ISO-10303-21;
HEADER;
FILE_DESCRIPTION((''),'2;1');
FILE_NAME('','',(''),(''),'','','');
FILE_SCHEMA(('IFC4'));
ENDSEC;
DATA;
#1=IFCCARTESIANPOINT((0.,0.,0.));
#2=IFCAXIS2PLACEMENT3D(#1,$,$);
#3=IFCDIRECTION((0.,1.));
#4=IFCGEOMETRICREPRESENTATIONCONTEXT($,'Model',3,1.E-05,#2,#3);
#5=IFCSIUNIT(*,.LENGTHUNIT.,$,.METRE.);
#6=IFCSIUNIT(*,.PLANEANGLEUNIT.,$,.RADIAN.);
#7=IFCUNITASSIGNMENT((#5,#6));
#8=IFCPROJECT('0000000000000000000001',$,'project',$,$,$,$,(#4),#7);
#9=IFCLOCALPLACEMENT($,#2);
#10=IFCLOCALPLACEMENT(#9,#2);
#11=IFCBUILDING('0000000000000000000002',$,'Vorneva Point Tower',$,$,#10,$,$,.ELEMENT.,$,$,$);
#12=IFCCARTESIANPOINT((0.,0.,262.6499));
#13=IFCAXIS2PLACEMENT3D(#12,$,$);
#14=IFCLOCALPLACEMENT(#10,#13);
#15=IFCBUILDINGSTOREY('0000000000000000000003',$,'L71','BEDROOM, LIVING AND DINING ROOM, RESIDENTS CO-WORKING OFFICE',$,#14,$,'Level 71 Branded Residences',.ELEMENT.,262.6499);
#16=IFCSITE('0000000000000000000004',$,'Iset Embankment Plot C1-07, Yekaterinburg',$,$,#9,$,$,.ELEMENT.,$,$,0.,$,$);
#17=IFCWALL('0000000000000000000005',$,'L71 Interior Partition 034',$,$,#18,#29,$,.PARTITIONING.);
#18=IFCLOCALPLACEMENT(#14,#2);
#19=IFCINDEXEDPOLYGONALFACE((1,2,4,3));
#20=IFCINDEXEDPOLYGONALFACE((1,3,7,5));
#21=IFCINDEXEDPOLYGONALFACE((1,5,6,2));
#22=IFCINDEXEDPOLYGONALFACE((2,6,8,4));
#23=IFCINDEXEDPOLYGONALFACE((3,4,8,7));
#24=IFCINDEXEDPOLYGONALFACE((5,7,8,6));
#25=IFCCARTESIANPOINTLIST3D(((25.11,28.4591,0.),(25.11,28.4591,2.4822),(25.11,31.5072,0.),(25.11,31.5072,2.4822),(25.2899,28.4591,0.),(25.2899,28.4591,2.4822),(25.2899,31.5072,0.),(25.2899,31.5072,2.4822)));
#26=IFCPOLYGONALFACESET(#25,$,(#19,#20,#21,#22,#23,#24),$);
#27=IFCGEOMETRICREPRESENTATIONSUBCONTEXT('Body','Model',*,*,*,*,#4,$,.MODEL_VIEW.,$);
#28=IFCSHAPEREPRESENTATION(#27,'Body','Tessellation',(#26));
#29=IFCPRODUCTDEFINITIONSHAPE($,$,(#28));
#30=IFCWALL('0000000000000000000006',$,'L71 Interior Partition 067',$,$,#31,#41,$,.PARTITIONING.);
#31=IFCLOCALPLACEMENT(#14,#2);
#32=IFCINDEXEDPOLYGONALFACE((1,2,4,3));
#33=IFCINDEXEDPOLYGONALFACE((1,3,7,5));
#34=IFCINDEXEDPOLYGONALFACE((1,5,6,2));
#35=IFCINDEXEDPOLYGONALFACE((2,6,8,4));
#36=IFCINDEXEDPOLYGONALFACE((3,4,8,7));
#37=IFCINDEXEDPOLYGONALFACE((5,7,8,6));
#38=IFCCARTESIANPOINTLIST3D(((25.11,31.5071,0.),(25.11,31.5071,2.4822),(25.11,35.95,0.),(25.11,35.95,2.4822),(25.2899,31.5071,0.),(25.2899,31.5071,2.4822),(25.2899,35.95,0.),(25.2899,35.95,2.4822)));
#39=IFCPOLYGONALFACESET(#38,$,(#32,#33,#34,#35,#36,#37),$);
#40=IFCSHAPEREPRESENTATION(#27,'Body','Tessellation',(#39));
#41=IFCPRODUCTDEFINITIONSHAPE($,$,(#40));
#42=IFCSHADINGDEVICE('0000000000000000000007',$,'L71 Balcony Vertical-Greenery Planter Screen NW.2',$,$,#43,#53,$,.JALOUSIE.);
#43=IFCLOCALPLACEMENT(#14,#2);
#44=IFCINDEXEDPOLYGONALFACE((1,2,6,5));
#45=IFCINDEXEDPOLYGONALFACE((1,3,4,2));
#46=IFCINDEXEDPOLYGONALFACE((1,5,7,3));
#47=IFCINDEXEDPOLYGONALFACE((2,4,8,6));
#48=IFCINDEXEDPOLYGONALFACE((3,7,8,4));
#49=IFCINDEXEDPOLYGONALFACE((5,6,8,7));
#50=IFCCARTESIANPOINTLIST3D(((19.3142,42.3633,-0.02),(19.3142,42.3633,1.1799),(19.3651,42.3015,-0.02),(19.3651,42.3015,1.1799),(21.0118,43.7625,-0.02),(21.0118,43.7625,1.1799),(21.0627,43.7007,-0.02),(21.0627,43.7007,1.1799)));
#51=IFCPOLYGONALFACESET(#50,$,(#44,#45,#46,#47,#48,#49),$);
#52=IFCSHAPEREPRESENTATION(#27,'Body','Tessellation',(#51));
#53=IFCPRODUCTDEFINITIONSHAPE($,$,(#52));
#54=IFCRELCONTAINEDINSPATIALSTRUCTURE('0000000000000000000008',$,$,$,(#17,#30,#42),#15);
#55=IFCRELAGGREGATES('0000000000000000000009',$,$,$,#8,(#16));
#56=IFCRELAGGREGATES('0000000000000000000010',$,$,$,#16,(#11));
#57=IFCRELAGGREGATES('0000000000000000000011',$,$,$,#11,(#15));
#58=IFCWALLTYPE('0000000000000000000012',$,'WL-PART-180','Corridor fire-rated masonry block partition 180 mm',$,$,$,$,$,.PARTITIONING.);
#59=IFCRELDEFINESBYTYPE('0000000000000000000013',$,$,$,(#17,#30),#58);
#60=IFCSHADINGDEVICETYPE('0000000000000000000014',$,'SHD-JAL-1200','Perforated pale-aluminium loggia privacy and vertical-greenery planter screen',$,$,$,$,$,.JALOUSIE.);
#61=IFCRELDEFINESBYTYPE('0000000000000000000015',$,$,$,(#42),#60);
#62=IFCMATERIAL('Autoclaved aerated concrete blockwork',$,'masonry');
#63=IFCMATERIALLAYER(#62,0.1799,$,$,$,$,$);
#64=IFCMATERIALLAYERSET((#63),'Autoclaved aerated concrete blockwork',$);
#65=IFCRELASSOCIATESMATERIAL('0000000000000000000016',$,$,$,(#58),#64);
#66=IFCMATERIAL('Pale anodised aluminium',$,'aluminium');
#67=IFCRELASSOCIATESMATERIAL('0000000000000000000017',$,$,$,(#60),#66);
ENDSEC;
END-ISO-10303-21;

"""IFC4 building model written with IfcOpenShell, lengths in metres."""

from ifc_helpers import new_model, si_unit, direction, frame, frame_2d, origin, origin_2d, place, context, subcontext, project, spatial, rectangle, extrude, material, layer, layer_set, type_object, element, save


model = new_model("IFC4")

# Units and contexts
model_context = context("Model", 3, precision=1e-05, world=origin(), true_north=direction((0.0, 1.0)))
body_context = subcontext(model_context, "Body", "Model", "MODEL_VIEW")
ifc_project = project(units=[si_unit("LENGTHUNIT", "METRE"), si_unit("PLANEANGLEUNIT", "RADIAN")], contexts=[model_context])

# Site, building, storey
site_placement = place(None, origin())
site = spatial("IfcSite", under=ifc_project, at=site_placement, Name="Iset Embankment Plot C1-07, Yekaterinburg", CompositionType="ELEMENT", RefElevation=0.0)
building_placement = place(site_placement, origin())
building = spatial("IfcBuilding", under=site, at=building_placement, Name="Vorneva Point Tower", CompositionType="ELEMENT")
storey_placement = place(building_placement, frame((0.0, 0.0, 262.6499)))
storey = spatial("IfcBuildingStorey", under=building, at=storey_placement, Name="L71", Description="BEDROOM, LIVING AND DINING ROOM, RESIDENTS CO-WORKING OFFICE", LongName="Level 71 Branded Residences", CompositionType="ELEMENT", Elevation=262.6499)

# Shared definitions
ifc_material_1 = material(Name="Pale anodised aluminium", Category="aluminium")

# Shared definitions
ifc_material_2 = material(Name="Autoclaved aerated concrete blockwork", Category="masonry")
ifc_layer_1 = layer(ifc_material_2, 0.1799)
ifc_layer_set_1 = layer_set([ifc_layer_1], Name="Autoclaved aerated concrete blockwork")
wall_type_1 = type_object("IfcWallType", Name="WL-PART-180", Description="Corridor fire-rated masonry block partition 180 mm", PredefinedType="PARTITIONING", material=ifc_layer_set_1)

# Walls
wall_1_placement = place(storey_placement, frame((25.2, 31.5071, 0.0), z_axis=(0.0, 0.0, 1.0), x_axis=(0.0, -1.0, 0.0)))
element("IfcWall", 1, at=wall_1_placement, inside=storey, type_object=wall_type_1, Name="L71 Interior Partition 034", PredefinedType="PARTITIONING", context=body_context, shape_type="SweptSolid", body=[
    extrude(rectangle(XDim=3.0481, YDim=0.1799, at=frame_2d((1.5239, 0.0))), origin(), (0.0, 0.0, 1.0), 2.4822),
])
wall_2_placement = place(storey_placement, frame((25.2, 35.95, 0.0), z_axis=(0.0, 0.0, 1.0), x_axis=(0.0, -1.0, 0.0)))
element("IfcWall", 2, at=wall_2_placement, inside=storey, type_object=wall_type_1, Name="L71 Interior Partition 067", PredefinedType="PARTITIONING", context=body_context, shape_type="SweptSolid", body=[
    extrude(rectangle(XDim=4.4429, YDim=0.1799, at=frame_2d((2.2214, 0.0))), origin(), (0.0, 0.0, 1.0), 2.4822),
])

# Shading device
shading_device_type = type_object("IfcShadingDeviceType", Name="SHD-JAL-1200", Description="Perforated pale-aluminium loggia privacy and vertical-greenery planter screen", PredefinedType="JALOUSIE", material=ifc_material_1)
shading_device_placement = place(storey_placement, frame((20.1885, 43.032, -0.02), z_axis=(0.0, 0.0, 1.0), x_axis=(-0.771658, -0.636038, 0.0)))
element("IfcShadingDevice", 3, at=shading_device_placement, inside=storey, type_object=shading_device_type, Name="L71 Balcony Vertical-Greenery Planter Screen NW.2", PredefinedType="JALOUSIE", context=body_context, shape_type="SweptSolid", body=[
    extrude(rectangle(XDim=2.2, YDim=0.0801, at=origin_2d()), origin(), (0.0, 0.0, 1.0), 1.2),
])

save(model, "model.ifc")
